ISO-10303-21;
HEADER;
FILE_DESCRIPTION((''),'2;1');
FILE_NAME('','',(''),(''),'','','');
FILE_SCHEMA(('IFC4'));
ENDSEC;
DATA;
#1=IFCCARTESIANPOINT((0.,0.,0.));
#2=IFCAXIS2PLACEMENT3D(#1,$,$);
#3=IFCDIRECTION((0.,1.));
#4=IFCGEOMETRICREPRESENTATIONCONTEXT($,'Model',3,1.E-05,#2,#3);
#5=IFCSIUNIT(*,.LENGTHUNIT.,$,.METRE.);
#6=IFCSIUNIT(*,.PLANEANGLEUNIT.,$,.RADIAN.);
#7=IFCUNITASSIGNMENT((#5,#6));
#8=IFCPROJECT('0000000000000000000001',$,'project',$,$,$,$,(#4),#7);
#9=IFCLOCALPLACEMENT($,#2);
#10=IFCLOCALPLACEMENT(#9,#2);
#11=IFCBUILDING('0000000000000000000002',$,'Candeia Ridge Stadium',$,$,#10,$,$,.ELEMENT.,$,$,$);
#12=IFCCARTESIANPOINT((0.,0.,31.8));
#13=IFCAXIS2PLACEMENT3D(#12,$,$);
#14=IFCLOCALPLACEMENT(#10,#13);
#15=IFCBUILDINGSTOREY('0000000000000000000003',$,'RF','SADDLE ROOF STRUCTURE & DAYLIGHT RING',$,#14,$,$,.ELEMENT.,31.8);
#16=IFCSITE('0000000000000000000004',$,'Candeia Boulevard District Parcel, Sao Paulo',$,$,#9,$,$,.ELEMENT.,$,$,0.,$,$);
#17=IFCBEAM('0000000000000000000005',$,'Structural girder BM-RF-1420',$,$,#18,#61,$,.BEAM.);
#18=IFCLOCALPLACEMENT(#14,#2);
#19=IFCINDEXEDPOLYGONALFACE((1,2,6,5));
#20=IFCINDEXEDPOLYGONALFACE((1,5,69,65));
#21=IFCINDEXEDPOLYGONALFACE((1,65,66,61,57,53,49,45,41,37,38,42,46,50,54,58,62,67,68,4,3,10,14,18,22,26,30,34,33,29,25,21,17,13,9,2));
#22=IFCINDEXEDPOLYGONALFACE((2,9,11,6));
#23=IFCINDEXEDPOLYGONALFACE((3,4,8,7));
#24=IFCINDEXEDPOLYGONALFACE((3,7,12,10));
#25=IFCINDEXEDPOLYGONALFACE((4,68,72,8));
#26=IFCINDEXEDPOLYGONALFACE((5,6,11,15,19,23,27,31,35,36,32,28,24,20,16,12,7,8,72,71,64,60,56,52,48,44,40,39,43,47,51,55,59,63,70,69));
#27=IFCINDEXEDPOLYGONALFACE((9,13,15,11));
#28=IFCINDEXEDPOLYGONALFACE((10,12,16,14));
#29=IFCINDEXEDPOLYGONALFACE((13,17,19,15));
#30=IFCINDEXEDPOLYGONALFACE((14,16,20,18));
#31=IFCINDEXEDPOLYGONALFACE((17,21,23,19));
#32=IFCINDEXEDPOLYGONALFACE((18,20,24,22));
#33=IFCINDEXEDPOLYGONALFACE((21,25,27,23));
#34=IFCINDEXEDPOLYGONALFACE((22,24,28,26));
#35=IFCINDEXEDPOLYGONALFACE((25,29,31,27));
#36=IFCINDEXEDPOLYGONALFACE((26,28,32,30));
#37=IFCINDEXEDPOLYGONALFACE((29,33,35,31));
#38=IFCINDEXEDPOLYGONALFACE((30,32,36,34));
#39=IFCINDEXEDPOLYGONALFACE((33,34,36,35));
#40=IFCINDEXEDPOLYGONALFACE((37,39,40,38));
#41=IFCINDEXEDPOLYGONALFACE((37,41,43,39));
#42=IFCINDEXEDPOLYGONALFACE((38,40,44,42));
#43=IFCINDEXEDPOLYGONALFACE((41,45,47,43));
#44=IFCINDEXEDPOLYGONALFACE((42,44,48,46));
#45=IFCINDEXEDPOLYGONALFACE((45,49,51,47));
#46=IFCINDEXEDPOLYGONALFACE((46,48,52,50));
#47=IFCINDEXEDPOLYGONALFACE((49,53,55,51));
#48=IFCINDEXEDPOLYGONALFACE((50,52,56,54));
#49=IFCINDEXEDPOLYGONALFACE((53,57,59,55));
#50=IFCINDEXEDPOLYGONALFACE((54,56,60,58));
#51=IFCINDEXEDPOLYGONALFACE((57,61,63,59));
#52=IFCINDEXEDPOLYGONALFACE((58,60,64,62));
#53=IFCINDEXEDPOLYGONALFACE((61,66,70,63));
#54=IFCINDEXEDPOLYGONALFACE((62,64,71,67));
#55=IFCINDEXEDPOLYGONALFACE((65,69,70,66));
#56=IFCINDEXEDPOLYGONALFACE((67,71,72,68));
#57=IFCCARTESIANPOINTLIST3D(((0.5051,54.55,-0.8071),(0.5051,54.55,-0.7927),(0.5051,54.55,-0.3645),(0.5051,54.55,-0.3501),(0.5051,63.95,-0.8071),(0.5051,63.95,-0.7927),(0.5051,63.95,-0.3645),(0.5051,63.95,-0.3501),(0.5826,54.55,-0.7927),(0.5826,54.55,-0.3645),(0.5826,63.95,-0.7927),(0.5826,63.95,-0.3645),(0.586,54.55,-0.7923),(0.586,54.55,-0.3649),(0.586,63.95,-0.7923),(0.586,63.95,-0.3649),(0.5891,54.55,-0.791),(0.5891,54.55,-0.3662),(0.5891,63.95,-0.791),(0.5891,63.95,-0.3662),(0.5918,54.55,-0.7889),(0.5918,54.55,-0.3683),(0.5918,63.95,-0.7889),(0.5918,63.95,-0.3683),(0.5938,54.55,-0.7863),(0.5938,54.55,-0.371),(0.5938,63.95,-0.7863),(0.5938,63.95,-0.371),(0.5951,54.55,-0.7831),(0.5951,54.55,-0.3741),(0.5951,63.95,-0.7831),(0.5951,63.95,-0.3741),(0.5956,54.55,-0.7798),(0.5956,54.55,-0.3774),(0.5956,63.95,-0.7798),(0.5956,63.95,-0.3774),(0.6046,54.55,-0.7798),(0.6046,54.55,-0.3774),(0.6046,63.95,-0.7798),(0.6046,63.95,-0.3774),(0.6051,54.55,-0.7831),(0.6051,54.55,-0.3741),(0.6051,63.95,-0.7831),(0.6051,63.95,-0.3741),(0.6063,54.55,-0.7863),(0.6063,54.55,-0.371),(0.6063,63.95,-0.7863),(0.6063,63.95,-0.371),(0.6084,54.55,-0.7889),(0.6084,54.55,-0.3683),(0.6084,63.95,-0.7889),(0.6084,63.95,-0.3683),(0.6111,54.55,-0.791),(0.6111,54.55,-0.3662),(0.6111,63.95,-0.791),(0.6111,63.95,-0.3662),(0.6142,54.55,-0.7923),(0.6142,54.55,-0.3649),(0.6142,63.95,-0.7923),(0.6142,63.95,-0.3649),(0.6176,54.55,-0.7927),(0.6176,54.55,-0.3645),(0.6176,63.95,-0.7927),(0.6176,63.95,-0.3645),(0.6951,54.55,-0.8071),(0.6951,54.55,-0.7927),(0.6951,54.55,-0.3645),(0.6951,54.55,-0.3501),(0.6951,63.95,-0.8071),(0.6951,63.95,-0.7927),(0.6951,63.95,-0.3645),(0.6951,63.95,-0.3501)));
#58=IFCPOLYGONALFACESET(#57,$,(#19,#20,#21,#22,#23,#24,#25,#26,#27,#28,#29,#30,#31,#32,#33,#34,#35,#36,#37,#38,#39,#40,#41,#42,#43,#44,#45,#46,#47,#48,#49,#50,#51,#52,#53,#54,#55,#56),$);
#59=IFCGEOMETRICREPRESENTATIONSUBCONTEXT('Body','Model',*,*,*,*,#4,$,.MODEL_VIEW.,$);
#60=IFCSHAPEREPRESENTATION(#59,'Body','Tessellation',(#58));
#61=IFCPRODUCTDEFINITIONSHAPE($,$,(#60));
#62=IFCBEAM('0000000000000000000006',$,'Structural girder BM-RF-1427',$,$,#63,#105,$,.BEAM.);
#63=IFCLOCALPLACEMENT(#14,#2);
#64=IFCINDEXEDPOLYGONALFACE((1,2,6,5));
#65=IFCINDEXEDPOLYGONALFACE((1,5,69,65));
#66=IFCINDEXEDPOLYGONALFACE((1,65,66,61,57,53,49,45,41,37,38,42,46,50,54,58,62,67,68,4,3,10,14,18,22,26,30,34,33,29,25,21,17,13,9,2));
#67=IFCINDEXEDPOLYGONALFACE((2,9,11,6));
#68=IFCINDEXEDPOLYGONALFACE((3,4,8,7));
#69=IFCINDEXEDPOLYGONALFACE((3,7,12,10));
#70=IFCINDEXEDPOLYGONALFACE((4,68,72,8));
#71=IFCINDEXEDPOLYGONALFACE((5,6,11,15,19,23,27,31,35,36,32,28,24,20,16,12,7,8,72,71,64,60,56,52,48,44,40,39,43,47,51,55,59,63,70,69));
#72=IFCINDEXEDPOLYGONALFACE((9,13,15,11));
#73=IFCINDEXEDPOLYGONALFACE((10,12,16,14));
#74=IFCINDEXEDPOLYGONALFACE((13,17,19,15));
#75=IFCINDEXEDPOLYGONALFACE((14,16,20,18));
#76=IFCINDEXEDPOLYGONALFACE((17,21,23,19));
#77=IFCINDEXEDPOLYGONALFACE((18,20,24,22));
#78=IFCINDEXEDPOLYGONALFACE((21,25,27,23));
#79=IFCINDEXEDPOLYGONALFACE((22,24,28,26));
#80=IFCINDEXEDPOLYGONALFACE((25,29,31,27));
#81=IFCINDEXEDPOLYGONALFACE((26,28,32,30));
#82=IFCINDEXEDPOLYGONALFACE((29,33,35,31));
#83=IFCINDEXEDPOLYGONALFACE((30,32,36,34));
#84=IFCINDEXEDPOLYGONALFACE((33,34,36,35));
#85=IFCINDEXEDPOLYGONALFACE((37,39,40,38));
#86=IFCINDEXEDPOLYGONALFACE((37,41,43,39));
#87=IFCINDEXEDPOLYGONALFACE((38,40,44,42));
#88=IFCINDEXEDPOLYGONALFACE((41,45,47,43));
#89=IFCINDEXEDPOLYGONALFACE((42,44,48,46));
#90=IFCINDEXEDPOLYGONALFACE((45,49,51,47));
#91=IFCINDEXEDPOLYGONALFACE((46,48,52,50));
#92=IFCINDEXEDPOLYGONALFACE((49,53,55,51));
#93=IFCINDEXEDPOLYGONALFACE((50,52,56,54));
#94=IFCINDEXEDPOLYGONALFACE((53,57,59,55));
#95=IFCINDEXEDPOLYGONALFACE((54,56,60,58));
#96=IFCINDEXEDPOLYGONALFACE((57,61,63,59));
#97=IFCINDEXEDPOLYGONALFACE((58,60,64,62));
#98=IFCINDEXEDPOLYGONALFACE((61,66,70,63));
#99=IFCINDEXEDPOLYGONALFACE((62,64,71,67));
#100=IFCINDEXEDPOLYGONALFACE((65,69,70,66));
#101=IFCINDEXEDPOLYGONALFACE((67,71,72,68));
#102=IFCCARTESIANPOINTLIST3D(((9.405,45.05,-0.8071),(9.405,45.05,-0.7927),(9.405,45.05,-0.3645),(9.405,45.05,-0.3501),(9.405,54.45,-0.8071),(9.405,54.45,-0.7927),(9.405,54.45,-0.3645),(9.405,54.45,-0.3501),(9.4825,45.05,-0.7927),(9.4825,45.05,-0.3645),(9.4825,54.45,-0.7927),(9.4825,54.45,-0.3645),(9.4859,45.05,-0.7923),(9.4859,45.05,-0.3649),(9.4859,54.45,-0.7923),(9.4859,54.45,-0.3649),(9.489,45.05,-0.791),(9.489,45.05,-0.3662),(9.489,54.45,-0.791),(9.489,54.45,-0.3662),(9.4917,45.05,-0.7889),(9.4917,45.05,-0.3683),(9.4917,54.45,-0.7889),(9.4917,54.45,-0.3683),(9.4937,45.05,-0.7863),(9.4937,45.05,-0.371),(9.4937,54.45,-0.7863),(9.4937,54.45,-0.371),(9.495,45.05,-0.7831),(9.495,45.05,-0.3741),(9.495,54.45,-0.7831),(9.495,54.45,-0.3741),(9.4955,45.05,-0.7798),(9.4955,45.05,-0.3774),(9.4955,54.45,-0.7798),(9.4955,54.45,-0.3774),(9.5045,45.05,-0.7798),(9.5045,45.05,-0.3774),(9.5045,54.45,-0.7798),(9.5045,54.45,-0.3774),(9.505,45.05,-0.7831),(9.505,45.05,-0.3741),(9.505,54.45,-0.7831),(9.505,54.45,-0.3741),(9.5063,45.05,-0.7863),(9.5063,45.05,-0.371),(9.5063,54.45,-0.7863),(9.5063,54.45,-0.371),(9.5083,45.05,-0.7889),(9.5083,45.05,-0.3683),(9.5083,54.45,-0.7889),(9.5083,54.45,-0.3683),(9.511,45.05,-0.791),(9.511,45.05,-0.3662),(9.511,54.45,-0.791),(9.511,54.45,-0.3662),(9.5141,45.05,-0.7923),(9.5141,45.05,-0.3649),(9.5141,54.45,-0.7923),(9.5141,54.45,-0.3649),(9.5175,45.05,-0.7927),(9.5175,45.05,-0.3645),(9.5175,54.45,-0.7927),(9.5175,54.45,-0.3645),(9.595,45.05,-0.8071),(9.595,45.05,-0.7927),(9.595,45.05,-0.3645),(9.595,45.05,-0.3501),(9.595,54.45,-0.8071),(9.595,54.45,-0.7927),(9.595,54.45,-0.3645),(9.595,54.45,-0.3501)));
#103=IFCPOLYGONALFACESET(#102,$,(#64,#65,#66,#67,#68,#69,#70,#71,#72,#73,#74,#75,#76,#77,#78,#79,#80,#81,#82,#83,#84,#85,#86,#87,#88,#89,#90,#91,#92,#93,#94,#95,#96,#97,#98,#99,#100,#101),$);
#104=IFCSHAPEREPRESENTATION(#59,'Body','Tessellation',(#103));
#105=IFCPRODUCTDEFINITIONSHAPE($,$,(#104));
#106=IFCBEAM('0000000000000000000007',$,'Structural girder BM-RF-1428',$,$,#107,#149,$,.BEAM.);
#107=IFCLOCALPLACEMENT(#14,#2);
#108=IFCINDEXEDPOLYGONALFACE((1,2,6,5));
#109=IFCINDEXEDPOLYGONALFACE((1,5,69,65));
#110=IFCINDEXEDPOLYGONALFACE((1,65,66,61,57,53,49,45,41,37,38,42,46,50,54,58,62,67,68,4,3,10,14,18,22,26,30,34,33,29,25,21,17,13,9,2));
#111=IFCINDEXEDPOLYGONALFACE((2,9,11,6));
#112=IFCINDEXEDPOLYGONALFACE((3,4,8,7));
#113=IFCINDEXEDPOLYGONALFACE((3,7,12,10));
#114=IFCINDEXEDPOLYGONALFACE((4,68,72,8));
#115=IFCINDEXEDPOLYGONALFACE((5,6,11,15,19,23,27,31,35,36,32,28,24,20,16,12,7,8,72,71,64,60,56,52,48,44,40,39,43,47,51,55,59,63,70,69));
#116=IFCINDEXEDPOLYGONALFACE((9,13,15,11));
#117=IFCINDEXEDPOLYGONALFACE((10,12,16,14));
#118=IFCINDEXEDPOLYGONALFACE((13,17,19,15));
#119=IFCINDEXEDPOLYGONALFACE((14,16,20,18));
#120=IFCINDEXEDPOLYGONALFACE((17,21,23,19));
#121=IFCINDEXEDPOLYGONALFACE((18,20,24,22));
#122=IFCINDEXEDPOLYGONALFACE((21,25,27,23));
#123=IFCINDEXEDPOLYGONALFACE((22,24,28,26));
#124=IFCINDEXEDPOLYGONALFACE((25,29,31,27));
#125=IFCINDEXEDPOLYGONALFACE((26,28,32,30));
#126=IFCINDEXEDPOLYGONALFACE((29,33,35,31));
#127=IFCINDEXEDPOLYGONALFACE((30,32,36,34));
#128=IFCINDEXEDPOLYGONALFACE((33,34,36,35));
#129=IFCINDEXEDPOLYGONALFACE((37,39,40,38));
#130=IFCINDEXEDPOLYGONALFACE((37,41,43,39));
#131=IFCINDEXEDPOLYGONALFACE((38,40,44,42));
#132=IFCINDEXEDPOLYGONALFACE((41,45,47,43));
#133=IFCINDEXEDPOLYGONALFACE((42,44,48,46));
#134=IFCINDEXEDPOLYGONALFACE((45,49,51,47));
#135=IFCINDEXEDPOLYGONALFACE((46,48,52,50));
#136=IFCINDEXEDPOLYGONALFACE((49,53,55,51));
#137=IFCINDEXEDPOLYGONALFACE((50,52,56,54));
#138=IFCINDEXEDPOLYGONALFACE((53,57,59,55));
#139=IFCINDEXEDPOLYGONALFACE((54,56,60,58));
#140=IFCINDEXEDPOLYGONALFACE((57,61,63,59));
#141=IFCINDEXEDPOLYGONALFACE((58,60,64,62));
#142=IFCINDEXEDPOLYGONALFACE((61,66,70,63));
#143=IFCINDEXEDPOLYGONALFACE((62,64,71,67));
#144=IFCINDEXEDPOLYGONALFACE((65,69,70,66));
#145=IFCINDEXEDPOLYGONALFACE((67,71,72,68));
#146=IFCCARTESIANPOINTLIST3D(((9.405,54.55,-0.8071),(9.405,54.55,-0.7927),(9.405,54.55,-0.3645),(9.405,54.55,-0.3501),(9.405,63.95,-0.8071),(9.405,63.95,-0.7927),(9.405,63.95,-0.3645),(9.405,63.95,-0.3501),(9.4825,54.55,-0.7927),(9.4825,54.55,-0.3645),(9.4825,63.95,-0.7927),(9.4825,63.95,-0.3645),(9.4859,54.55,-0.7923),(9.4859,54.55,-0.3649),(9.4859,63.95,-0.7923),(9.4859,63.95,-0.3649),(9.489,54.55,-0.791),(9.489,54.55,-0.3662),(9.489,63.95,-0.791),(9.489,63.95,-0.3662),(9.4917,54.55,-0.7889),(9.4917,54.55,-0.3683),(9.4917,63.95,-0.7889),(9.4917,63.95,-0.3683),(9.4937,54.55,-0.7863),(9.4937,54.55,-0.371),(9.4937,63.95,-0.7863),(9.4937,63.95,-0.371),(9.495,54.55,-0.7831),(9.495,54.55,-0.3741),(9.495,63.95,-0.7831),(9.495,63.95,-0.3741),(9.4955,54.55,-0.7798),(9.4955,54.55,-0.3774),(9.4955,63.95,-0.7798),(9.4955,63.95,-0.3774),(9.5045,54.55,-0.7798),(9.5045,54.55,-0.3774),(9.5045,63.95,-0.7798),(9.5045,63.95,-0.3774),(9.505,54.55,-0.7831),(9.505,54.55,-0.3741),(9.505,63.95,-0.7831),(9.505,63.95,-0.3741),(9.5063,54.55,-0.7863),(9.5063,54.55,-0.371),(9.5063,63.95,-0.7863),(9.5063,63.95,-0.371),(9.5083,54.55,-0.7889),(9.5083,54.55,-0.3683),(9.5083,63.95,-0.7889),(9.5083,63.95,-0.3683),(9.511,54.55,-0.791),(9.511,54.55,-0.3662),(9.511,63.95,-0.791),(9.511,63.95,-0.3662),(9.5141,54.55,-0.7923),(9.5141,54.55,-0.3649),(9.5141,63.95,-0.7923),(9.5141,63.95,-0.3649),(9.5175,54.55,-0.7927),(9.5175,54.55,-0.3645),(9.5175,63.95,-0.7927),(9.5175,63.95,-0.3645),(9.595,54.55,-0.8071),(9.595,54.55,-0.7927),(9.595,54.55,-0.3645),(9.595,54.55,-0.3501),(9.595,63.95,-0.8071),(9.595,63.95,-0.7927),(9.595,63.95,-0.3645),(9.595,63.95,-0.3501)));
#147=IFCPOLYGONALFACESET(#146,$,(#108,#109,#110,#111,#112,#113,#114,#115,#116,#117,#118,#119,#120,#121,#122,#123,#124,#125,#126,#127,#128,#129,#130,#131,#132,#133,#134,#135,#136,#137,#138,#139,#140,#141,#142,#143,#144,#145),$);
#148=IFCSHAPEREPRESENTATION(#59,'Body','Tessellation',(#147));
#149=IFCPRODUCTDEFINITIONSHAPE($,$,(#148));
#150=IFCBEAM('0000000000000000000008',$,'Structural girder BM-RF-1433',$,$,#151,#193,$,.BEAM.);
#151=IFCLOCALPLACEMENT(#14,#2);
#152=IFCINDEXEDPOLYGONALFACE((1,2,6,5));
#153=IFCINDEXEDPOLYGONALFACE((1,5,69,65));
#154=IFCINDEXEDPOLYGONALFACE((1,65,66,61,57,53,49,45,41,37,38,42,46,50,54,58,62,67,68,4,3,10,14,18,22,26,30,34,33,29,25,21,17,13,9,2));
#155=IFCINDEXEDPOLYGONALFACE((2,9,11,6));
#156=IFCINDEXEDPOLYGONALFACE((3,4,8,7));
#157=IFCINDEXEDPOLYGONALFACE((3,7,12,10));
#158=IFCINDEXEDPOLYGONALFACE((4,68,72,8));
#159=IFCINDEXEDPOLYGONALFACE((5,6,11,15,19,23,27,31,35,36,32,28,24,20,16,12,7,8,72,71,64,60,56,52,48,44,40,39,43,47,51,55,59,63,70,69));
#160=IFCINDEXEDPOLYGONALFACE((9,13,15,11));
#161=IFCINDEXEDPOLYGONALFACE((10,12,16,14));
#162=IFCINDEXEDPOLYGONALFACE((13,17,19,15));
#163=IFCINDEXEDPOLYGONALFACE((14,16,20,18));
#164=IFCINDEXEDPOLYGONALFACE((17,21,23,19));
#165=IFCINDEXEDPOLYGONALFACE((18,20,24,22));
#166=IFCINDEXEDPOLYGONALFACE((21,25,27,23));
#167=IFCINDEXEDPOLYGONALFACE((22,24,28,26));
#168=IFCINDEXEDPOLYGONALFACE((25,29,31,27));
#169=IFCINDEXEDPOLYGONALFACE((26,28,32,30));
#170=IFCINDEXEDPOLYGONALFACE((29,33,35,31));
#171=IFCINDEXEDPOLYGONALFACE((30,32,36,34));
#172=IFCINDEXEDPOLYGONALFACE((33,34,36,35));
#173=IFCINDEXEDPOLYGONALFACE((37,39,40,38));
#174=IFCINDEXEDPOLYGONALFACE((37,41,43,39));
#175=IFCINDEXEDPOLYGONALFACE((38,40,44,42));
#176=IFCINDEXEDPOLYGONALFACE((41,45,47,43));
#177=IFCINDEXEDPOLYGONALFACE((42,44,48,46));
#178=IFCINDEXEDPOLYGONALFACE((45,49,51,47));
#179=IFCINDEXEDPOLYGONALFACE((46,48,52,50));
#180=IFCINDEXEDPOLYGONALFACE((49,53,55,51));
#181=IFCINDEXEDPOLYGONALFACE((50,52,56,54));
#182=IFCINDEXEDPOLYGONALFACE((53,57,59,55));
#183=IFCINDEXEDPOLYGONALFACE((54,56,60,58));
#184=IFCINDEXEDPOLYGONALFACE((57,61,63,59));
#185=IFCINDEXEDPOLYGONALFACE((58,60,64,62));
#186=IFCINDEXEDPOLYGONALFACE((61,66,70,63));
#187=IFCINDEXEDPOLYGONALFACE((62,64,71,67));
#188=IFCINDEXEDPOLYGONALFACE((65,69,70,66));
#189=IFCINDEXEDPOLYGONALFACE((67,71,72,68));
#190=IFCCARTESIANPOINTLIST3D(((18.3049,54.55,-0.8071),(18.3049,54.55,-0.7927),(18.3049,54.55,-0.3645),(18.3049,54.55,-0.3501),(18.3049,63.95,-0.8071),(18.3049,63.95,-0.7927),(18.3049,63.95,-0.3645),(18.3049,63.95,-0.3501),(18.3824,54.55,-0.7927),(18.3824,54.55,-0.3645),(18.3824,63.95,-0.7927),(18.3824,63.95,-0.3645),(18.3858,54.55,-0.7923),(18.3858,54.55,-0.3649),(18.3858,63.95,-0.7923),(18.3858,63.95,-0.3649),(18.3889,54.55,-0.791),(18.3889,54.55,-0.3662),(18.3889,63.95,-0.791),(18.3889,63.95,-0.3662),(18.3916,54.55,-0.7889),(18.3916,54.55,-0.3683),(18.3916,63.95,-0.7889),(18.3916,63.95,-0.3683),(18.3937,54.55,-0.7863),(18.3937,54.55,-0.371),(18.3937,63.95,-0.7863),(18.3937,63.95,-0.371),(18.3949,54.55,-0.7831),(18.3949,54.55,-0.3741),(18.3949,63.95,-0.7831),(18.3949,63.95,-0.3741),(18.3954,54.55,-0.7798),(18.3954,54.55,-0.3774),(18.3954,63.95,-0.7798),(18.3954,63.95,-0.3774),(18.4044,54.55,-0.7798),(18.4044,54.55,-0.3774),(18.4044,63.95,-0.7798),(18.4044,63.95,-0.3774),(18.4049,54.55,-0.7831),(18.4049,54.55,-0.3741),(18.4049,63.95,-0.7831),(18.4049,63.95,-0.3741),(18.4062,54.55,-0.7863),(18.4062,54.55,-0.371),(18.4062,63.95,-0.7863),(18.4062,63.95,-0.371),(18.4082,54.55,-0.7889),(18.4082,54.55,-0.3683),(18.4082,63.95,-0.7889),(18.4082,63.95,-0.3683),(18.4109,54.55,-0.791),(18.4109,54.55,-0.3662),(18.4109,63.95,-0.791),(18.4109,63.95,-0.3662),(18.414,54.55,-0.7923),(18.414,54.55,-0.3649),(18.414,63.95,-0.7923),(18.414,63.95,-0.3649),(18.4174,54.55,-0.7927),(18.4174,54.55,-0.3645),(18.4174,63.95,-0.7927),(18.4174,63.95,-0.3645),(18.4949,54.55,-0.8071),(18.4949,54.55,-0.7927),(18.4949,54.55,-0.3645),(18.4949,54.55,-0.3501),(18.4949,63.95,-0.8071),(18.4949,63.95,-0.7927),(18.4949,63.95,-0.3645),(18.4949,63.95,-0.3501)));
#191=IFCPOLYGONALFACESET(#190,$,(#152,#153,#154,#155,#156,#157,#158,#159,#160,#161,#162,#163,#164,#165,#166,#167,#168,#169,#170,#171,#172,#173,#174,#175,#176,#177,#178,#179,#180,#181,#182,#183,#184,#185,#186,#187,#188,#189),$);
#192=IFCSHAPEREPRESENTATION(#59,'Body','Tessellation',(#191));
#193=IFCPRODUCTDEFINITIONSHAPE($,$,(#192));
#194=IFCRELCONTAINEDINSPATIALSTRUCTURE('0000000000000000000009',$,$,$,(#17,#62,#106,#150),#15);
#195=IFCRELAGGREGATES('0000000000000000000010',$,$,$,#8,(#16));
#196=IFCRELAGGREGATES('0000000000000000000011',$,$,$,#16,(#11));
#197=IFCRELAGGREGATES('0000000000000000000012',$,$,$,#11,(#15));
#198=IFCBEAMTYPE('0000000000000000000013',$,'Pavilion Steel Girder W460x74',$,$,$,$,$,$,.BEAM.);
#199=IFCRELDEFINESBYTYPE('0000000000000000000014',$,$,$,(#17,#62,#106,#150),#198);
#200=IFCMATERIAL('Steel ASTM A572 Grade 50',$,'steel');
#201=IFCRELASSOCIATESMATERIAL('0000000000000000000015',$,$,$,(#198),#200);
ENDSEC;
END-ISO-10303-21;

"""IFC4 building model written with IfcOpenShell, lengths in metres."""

from ifc_helpers import new_model, si_unit, direction, frame, origin, origin_2d, place, context, subcontext, project, spatial, i_section, extrude, material, material_profile, profile_set, type_object, element, save


model = new_model("IFC4")

# Units and contexts
model_context = context("Model", 3, precision=1e-05, world=origin(), true_north=direction((0.0, 1.0)))
body_context = subcontext(model_context, "Body", "Model", "MODEL_VIEW")
ifc_project = project(units=[si_unit("LENGTHUNIT", "METRE"), si_unit("PLANEANGLEUNIT", "RADIAN")], contexts=[model_context])

# Site, building, storey
site_placement = place(None, origin())
site = spatial("IfcSite", under=ifc_project, at=site_placement, Name="Candeia Boulevard District Parcel, Sao Paulo", CompositionType="ELEMENT", RefElevation=0.0)
building_placement = place(site_placement, origin())
building = spatial("IfcBuilding", under=site, at=building_placement, Name="Candeia Ridge Stadium", CompositionType="ELEMENT")
storey_placement = place(building_placement, frame((0.0, 0.0, 31.8)))
storey = spatial("IfcBuildingStorey", under=building, at=storey_placement, Name="RF", Description="SADDLE ROOF STRUCTURE & DAYLIGHT RING", CompositionType="ELEMENT", Elevation=31.8)

# Shared definitions
ifc_material_1 = material(Name="Steel ASTM A572 Grade 50", Category="steel")

# Beams
ifc_material_profile_1 = material_profile(ifc_material_1, i_section(OverallWidth=0.1899, OverallDepth=0.457, WebThickness=0.009, FlangeThickness=0.0144, FilletRadius=0.0129, at=origin_2d()), Name="W460x74", Category="steel")
ifc_profile_set_1 = profile_set([ifc_material_profile_1], Name="Steel ASTM A572 Grade 50")
beam_type_1 = type_object("IfcBeamType", Name="Pavilion Steel Girder W460x74", PredefinedType="BEAM", material=ifc_profile_set_1)
for number, where, z_axis, x_axis, name in (
    (1, (0.6001, 54.55, -0.5786), (0.0, 1.0, 0.0), (-1.0, 0.0, 0.0), "Structural girder BM-RF-1420"),
    (2, (9.5, 45.05, -0.5786), (0.0, 1.0, 0.0), (-1.0, 0.0, 0.0), "Structural girder BM-RF-1427"),
    (3, (9.5, 54.55, -0.5786), (0.0, 1.0, 0.0), (-1.0, 0.0, 0.0), "Structural girder BM-RF-1428"),
    (4, (18.3999, 54.55, -0.5786), (0.0, 1.0, 0.0), (-1.0, 0.0, 0.0), "Structural girder BM-RF-1433"),
):
    element("IfcBeam", number, at=place(storey_placement, frame(where, z_axis=z_axis, x_axis=x_axis)), inside=storey, type_object=beam_type_1, Name=name, PredefinedType="BEAM", context=body_context, shape_type="SweptSolid", body=[
        extrude(i_section(OverallWidth=0.1899, OverallDepth=0.457, WebThickness=0.009, FlangeThickness=0.0144, FilletRadius=0.0129, at=origin_2d()), origin(), (0.0, 0.0, 1.0), 9.3999),
    ])

save(model, "model.ifc")
